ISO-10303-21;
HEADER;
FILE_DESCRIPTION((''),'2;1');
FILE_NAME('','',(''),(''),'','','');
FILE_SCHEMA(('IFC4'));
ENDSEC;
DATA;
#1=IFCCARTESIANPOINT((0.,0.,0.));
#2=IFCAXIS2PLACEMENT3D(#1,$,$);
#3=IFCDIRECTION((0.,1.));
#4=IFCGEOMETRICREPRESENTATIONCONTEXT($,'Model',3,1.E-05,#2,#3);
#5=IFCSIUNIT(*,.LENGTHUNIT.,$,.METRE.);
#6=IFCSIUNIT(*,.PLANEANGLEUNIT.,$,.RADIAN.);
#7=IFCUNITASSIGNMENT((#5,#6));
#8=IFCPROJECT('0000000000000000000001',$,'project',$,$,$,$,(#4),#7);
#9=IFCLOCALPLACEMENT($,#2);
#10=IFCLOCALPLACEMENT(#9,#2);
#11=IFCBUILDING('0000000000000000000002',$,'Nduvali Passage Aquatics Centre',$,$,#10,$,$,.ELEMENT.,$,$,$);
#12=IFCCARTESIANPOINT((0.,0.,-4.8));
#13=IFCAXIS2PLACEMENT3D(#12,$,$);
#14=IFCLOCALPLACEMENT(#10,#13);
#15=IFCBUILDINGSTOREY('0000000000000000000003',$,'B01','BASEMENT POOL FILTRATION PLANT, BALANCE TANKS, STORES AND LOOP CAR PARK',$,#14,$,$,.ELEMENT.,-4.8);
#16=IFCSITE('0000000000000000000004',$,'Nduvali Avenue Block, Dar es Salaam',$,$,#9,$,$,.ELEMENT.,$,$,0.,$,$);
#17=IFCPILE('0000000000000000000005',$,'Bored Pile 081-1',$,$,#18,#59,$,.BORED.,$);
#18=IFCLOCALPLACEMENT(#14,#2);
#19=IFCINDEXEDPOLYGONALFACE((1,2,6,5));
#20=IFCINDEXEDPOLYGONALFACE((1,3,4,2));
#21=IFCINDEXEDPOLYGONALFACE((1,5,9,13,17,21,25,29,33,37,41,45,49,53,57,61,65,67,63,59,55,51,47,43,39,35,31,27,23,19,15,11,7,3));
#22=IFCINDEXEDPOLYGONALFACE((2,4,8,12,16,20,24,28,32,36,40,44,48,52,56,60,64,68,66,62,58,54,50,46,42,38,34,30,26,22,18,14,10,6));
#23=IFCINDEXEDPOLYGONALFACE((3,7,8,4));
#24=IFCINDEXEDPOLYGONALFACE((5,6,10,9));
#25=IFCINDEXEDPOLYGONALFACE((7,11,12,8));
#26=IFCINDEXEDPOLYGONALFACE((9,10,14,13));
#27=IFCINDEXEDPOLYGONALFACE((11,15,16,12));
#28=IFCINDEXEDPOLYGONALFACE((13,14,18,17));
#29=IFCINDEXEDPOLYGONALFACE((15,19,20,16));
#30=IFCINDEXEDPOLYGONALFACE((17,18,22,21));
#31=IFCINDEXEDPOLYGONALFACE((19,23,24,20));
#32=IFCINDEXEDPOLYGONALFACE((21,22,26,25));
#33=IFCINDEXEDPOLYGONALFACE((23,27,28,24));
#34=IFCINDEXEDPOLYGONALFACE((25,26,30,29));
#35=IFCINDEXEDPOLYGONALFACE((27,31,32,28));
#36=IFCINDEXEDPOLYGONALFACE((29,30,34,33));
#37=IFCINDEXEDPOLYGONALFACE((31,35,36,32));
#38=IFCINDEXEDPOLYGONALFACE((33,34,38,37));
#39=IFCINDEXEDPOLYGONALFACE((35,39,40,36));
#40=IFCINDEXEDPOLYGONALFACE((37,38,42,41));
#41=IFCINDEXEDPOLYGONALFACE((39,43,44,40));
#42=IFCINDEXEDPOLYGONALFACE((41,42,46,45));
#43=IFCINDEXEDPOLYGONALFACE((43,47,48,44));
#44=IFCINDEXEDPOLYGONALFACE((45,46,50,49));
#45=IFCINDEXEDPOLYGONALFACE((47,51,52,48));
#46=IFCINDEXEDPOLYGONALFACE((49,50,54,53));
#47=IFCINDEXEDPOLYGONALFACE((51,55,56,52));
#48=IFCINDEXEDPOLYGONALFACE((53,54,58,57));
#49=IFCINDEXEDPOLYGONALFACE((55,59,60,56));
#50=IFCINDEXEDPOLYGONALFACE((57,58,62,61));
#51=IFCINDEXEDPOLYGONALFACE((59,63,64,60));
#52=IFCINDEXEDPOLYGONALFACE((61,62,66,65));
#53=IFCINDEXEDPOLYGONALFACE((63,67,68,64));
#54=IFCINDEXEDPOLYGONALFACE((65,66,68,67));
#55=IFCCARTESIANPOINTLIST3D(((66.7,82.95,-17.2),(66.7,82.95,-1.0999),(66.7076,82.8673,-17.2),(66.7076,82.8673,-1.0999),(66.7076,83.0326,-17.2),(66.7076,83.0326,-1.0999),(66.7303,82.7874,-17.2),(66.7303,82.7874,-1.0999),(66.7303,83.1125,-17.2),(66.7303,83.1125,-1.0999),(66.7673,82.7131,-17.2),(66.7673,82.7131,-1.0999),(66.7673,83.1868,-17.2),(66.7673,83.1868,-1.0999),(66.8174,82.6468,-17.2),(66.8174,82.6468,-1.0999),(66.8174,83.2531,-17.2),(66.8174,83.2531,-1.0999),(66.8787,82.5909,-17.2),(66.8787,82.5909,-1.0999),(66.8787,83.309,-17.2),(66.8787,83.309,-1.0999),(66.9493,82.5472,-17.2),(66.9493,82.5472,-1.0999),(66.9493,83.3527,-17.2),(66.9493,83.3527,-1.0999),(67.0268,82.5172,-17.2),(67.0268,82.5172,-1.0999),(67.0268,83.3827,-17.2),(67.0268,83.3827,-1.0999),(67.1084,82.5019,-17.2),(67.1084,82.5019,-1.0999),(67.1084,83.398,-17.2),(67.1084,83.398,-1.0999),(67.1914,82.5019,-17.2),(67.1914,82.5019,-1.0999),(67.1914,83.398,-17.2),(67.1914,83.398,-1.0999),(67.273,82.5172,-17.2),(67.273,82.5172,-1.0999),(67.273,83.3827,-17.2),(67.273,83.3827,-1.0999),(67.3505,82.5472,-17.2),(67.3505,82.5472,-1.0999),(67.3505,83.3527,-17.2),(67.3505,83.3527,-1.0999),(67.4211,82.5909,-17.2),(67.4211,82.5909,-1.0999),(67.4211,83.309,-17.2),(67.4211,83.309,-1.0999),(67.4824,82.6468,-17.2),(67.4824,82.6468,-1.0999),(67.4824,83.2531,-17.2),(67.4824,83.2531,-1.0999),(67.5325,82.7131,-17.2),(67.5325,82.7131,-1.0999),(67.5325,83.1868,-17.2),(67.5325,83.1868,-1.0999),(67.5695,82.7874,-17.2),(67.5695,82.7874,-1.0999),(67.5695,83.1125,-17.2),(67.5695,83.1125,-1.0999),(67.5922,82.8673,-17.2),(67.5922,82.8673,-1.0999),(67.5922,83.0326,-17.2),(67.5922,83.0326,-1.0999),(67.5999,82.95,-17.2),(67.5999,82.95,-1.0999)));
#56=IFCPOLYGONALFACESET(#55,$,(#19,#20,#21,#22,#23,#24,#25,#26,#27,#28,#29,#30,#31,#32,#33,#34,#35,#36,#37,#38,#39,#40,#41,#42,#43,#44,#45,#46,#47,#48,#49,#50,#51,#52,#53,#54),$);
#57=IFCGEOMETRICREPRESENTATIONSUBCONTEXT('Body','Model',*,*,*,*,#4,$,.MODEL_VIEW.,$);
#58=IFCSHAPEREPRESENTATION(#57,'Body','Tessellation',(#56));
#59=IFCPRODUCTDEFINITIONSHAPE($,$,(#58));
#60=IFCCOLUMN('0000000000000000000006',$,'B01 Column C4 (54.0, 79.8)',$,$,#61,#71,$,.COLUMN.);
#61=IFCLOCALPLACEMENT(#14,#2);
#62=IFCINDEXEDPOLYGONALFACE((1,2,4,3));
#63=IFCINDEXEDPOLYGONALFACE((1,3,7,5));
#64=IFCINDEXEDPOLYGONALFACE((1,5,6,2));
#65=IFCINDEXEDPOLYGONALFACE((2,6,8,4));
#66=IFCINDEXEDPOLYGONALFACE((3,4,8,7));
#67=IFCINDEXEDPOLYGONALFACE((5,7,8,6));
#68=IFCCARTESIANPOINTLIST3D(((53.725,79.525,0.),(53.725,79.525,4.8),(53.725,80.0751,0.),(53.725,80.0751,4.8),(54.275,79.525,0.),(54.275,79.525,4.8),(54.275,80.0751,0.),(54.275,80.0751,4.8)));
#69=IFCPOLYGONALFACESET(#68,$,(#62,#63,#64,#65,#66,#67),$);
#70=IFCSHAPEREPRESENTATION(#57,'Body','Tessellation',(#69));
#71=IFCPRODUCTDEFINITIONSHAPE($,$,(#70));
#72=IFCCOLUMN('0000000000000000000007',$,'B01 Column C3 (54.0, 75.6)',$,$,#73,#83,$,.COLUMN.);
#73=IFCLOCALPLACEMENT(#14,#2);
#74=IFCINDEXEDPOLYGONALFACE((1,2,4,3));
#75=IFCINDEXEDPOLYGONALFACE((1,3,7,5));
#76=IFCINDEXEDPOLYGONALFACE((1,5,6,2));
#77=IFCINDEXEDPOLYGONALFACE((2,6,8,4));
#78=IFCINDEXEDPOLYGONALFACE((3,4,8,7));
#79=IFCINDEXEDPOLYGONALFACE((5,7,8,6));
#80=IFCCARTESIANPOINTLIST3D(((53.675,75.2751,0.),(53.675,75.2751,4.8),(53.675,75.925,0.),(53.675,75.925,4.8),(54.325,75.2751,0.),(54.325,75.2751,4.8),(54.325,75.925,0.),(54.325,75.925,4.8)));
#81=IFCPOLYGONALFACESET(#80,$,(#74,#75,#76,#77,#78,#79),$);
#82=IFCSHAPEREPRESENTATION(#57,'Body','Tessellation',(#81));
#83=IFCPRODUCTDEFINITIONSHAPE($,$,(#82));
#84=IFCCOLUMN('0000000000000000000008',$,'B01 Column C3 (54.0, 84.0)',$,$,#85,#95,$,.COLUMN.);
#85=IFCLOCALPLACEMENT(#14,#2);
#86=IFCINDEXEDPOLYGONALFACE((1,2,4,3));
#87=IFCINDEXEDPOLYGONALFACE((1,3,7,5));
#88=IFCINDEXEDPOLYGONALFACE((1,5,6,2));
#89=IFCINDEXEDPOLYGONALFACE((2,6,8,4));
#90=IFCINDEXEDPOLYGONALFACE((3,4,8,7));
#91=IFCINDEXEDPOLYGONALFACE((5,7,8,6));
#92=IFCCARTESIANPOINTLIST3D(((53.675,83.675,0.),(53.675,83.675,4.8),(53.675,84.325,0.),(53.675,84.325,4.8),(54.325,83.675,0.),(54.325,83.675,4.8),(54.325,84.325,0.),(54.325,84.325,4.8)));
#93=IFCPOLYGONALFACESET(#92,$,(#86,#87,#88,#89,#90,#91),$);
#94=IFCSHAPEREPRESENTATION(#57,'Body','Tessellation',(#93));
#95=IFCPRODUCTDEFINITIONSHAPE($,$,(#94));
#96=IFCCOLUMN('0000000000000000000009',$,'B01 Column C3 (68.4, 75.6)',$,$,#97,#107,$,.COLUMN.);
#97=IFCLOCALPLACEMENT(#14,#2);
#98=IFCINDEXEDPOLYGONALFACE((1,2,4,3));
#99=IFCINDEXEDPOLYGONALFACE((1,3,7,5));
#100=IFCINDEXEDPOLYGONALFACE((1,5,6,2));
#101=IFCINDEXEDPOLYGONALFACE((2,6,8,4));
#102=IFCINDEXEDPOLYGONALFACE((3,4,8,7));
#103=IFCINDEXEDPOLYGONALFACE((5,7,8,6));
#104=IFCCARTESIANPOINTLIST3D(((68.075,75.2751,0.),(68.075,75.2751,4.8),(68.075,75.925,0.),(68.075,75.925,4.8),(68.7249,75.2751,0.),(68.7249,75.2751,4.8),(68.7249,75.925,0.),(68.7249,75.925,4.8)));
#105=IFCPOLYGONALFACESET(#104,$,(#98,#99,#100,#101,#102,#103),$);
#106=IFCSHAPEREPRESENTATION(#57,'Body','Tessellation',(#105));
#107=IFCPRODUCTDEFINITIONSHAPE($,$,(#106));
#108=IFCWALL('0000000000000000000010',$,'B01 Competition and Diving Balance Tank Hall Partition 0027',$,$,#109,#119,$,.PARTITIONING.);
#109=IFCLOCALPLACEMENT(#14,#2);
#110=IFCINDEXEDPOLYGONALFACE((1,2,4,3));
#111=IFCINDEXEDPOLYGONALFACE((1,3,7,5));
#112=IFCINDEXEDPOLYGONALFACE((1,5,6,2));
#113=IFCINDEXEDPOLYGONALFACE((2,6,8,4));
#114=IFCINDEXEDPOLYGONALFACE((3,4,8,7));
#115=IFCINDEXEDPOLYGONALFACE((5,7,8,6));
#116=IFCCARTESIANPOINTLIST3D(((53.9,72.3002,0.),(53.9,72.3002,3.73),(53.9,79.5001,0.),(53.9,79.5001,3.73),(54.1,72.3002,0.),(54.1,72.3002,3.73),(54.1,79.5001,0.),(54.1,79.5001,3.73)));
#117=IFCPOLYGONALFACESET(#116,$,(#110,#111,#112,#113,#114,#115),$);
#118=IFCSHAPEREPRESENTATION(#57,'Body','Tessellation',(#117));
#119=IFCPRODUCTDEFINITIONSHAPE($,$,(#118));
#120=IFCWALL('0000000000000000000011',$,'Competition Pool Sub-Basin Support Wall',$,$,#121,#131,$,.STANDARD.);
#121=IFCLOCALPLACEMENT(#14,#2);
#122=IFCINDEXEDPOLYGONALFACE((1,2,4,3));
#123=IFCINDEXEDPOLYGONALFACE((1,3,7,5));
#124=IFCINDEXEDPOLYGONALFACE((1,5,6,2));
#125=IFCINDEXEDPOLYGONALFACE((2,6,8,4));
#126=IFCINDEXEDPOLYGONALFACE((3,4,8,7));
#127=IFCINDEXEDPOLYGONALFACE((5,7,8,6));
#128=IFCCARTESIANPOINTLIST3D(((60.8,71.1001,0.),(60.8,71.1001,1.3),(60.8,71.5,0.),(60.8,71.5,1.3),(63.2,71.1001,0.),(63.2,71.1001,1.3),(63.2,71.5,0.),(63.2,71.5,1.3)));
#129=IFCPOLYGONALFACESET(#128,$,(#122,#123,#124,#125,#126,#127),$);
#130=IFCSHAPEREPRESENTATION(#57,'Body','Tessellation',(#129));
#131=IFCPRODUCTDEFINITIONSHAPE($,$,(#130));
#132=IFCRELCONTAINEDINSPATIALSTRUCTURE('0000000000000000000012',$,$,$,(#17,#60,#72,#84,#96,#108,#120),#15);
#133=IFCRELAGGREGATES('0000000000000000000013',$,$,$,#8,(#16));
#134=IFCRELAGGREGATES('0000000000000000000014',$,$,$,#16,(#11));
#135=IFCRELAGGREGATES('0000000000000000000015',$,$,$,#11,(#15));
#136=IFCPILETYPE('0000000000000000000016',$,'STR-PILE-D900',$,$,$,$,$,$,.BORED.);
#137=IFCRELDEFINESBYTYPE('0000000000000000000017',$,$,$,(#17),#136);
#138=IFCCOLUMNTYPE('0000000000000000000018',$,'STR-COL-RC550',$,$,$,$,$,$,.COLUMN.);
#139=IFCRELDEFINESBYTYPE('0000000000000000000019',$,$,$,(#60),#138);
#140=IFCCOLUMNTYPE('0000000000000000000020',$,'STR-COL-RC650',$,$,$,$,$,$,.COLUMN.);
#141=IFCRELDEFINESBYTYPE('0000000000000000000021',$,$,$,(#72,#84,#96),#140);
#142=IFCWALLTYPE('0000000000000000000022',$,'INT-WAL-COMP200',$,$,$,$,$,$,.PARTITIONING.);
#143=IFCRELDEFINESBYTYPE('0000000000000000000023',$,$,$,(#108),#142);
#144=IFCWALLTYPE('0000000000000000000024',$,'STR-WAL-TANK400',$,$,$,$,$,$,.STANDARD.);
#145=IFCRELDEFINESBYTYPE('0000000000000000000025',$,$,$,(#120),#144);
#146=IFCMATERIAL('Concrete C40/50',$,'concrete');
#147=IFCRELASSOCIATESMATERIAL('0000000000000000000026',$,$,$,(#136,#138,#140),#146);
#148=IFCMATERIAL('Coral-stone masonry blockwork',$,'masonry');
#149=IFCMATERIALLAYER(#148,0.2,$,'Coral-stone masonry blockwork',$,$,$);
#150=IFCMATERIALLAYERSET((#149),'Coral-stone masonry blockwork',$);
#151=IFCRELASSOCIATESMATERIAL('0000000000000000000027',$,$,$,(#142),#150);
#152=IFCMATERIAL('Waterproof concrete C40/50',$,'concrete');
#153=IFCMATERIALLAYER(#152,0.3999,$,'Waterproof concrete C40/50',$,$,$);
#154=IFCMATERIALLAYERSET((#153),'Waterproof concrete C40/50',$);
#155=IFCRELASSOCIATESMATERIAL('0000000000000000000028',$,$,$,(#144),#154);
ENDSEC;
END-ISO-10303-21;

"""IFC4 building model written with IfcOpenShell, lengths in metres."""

from ifc_helpers import new_model, si_unit, direction, frame, frame_2d, origin, origin_2d, place, context, subcontext, project, spatial, rectangle, circle, extrude, material, layer, layer_set, material_profile, profile_set, type_object, element, save


model = new_model("IFC4")

# Units and contexts
model_context = context("Model", 3, precision=1e-05, world=origin(), true_north=direction((0.0, 1.0)))
body_context = subcontext(model_context, "Body", "Model", "MODEL_VIEW")
ifc_project = project(units=[si_unit("LENGTHUNIT", "METRE"), si_unit("PLANEANGLEUNIT", "RADIAN")], contexts=[model_context])

# Site, building, storey
site_placement = place(None, origin())
site = spatial("IfcSite", under=ifc_project, at=site_placement, Name="Nduvali Avenue Block, Dar es Salaam", CompositionType="ELEMENT", RefElevation=0.0)
building_placement = place(site_placement, origin())
building = spatial("IfcBuilding", under=site, at=building_placement, Name="Nduvali Passage Aquatics Centre", CompositionType="ELEMENT")
storey_placement = place(building_placement, frame((0.0, 0.0, -4.8)))
storey = spatial("IfcBuildingStorey", under=building, at=storey_placement, Name="B01", Description="BASEMENT POOL FILTRATION PLANT, BALANCE TANKS, STORES AND LOOP CAR PARK", CompositionType="ELEMENT", Elevation=-4.8)

# Shared definitions
ifc_material_1 = material(Name="Concrete C40/50", Category="concrete")

# Pile
ifc_material_profile_1 = material_profile(ifc_material_1, circle(Radius=0.45, at=origin_2d()), Name="PILE D900")
ifc_profile_set_1 = profile_set([ifc_material_profile_1], Name="Concrete C40/50")
pile_type_1 = type_object("IfcPileType", Name="STR-PILE-D900", PredefinedType="BORED", material=ifc_profile_set_1)
pile_1_placement = place(storey_placement, frame((67.1499, 82.95, -1.0999), z_axis=(0.0, 0.0, -1.0), x_axis=(1.0, 0.0, 0.0)))
element("IfcPile", 1, at=pile_1_placement, inside=storey, type_object=pile_type_1, Name="Bored Pile 081-1", PredefinedType="BORED", context=body_context, shape_type="SweptSolid", body=[
    extrude(circle(Radius=0.45, at=origin_2d()), origin(), (0.0, 0.0, 1.0), 16.1001),
])

# Columns
ifc_material_profile_2 = material_profile(ifc_material_1, rectangle(XDim=0.55, YDim=0.55, at=origin_2d()), Name="RC 550x550")
ifc_profile_set_2 = profile_set([ifc_material_profile_2], Name="Concrete C40/50")
column_type_1 = type_object("IfcColumnType", Name="STR-COL-RC550", PredefinedType="COLUMN", material=ifc_profile_set_2)
column_placement = place(storey_placement, frame((54.0, 79.8, 0.0), z_axis=(0.0, 0.0, 1.0), x_axis=(1.0, 0.0, 0.0)))
element("IfcColumn", 2, at=column_placement, inside=storey, type_object=column_type_1, Name="B01 Column C4 (54.0, 79.8)", PredefinedType="COLUMN", context=body_context, shape_type="SweptSolid", body=[
    extrude(rectangle(XDim=0.55, YDim=0.55, at=origin_2d()), origin(), (0.0, 0.0, 1.0), 4.8),
])
ifc_material_profile_3 = material_profile(ifc_material_1, rectangle(XDim=0.6499, YDim=0.6499, at=origin_2d()), Name="RC 650x650")
ifc_profile_set_3 = profile_set([ifc_material_profile_3], Name="Concrete C40/50")
column_type_2 = type_object("IfcColumnType", Name="STR-COL-RC650", PredefinedType="COLUMN", material=ifc_profile_set_3)
for number, where, z_axis, x_axis, name in (
    (3, (54.0, 75.6001, 0.0), (0.0, 0.0, 1.0), (1.0, 0.0, 0.0), "B01 Column C3 (54.0, 75.6)"),
    (4, (54.0, 84.0, 0.0), (0.0, 0.0, 1.0), (1.0, 0.0, 0.0), "B01 Column C3 (54.0, 84.0)"),
    (5, (68.3999, 75.6001, 0.0), (0.0, 0.0, 1.0), (1.0, 0.0, 0.0), "B01 Column C3 (68.4, 75.6)"),
):
    element("IfcColumn", number, at=place(storey_placement, frame(where, z_axis=z_axis, x_axis=x_axis)), inside=storey, type_object=column_type_2, Name=name, PredefinedType="COLUMN", context=body_context, shape_type="SweptSolid", body=[
        extrude(rectangle(XDim=0.6499, YDim=0.6499, at=origin_2d()), origin(), (0.0, 0.0, 1.0), 4.8),
    ])

# Walls
ifc_material_2 = material(Name="Coral-stone masonry blockwork", Category="masonry")
ifc_layer_1 = layer(ifc_material_2, 0.2, Name="Coral-stone masonry blockwork")
ifc_layer_set_1 = layer_set([ifc_layer_1], Name="Coral-stone masonry blockwork")
wall_type_1 = type_object("IfcWallType", Name="INT-WAL-COMP200", PredefinedType="PARTITIONING", material=ifc_layer_set_1)
wall_1_placement = place(storey_placement, frame((54.0, 72.3, 0.0), z_axis=(0.0, 0.0, 1.0), x_axis=(0.0, 1.0, 0.0)))
element("IfcWall", 6, at=wall_1_placement, inside=storey, type_object=wall_type_1, Name="B01 Competition and Diving Balance Tank Hall Partition 0027", PredefinedType="PARTITIONING", context=body_context, shape_type="SweptSolid", body=[
    extrude(rectangle(XDim=7.2, YDim=0.2, at=frame_2d((3.6001, 0.0))), origin(), (0.0, 0.0, 1.0), 3.73),
])
ifc_material_3 = material(Name="Waterproof concrete C40/50", Category="concrete")
ifc_layer_2 = layer(ifc_material_3, 0.3999, Name="Waterproof concrete C40/50")
ifc_layer_set_2 = layer_set([ifc_layer_2], Name="Waterproof concrete C40/50")
wall_type_2 = type_object("IfcWallType", Name="STR-WAL-TANK400", PredefinedType="STANDARD", material=ifc_layer_set_2)
wall_2_placement = place(storey_placement, frame((60.8, 71.3, 0.0), z_axis=(0.0, 0.0, 1.0), x_axis=(1.0, 0.0, 0.0)))
element("IfcWall", 7, at=wall_2_placement, inside=storey, type_object=wall_type_2, Name="Competition Pool Sub-Basin Support Wall", PredefinedType="STANDARD", context=body_context, shape_type="SweptSolid", body=[
    extrude(rectangle(XDim=2.3999, YDim=0.3999, at=frame_2d((1.2, 0.0))), origin(), (0.0, 0.0, 1.0), 1.3),
])

save(model, "model.ifc")
